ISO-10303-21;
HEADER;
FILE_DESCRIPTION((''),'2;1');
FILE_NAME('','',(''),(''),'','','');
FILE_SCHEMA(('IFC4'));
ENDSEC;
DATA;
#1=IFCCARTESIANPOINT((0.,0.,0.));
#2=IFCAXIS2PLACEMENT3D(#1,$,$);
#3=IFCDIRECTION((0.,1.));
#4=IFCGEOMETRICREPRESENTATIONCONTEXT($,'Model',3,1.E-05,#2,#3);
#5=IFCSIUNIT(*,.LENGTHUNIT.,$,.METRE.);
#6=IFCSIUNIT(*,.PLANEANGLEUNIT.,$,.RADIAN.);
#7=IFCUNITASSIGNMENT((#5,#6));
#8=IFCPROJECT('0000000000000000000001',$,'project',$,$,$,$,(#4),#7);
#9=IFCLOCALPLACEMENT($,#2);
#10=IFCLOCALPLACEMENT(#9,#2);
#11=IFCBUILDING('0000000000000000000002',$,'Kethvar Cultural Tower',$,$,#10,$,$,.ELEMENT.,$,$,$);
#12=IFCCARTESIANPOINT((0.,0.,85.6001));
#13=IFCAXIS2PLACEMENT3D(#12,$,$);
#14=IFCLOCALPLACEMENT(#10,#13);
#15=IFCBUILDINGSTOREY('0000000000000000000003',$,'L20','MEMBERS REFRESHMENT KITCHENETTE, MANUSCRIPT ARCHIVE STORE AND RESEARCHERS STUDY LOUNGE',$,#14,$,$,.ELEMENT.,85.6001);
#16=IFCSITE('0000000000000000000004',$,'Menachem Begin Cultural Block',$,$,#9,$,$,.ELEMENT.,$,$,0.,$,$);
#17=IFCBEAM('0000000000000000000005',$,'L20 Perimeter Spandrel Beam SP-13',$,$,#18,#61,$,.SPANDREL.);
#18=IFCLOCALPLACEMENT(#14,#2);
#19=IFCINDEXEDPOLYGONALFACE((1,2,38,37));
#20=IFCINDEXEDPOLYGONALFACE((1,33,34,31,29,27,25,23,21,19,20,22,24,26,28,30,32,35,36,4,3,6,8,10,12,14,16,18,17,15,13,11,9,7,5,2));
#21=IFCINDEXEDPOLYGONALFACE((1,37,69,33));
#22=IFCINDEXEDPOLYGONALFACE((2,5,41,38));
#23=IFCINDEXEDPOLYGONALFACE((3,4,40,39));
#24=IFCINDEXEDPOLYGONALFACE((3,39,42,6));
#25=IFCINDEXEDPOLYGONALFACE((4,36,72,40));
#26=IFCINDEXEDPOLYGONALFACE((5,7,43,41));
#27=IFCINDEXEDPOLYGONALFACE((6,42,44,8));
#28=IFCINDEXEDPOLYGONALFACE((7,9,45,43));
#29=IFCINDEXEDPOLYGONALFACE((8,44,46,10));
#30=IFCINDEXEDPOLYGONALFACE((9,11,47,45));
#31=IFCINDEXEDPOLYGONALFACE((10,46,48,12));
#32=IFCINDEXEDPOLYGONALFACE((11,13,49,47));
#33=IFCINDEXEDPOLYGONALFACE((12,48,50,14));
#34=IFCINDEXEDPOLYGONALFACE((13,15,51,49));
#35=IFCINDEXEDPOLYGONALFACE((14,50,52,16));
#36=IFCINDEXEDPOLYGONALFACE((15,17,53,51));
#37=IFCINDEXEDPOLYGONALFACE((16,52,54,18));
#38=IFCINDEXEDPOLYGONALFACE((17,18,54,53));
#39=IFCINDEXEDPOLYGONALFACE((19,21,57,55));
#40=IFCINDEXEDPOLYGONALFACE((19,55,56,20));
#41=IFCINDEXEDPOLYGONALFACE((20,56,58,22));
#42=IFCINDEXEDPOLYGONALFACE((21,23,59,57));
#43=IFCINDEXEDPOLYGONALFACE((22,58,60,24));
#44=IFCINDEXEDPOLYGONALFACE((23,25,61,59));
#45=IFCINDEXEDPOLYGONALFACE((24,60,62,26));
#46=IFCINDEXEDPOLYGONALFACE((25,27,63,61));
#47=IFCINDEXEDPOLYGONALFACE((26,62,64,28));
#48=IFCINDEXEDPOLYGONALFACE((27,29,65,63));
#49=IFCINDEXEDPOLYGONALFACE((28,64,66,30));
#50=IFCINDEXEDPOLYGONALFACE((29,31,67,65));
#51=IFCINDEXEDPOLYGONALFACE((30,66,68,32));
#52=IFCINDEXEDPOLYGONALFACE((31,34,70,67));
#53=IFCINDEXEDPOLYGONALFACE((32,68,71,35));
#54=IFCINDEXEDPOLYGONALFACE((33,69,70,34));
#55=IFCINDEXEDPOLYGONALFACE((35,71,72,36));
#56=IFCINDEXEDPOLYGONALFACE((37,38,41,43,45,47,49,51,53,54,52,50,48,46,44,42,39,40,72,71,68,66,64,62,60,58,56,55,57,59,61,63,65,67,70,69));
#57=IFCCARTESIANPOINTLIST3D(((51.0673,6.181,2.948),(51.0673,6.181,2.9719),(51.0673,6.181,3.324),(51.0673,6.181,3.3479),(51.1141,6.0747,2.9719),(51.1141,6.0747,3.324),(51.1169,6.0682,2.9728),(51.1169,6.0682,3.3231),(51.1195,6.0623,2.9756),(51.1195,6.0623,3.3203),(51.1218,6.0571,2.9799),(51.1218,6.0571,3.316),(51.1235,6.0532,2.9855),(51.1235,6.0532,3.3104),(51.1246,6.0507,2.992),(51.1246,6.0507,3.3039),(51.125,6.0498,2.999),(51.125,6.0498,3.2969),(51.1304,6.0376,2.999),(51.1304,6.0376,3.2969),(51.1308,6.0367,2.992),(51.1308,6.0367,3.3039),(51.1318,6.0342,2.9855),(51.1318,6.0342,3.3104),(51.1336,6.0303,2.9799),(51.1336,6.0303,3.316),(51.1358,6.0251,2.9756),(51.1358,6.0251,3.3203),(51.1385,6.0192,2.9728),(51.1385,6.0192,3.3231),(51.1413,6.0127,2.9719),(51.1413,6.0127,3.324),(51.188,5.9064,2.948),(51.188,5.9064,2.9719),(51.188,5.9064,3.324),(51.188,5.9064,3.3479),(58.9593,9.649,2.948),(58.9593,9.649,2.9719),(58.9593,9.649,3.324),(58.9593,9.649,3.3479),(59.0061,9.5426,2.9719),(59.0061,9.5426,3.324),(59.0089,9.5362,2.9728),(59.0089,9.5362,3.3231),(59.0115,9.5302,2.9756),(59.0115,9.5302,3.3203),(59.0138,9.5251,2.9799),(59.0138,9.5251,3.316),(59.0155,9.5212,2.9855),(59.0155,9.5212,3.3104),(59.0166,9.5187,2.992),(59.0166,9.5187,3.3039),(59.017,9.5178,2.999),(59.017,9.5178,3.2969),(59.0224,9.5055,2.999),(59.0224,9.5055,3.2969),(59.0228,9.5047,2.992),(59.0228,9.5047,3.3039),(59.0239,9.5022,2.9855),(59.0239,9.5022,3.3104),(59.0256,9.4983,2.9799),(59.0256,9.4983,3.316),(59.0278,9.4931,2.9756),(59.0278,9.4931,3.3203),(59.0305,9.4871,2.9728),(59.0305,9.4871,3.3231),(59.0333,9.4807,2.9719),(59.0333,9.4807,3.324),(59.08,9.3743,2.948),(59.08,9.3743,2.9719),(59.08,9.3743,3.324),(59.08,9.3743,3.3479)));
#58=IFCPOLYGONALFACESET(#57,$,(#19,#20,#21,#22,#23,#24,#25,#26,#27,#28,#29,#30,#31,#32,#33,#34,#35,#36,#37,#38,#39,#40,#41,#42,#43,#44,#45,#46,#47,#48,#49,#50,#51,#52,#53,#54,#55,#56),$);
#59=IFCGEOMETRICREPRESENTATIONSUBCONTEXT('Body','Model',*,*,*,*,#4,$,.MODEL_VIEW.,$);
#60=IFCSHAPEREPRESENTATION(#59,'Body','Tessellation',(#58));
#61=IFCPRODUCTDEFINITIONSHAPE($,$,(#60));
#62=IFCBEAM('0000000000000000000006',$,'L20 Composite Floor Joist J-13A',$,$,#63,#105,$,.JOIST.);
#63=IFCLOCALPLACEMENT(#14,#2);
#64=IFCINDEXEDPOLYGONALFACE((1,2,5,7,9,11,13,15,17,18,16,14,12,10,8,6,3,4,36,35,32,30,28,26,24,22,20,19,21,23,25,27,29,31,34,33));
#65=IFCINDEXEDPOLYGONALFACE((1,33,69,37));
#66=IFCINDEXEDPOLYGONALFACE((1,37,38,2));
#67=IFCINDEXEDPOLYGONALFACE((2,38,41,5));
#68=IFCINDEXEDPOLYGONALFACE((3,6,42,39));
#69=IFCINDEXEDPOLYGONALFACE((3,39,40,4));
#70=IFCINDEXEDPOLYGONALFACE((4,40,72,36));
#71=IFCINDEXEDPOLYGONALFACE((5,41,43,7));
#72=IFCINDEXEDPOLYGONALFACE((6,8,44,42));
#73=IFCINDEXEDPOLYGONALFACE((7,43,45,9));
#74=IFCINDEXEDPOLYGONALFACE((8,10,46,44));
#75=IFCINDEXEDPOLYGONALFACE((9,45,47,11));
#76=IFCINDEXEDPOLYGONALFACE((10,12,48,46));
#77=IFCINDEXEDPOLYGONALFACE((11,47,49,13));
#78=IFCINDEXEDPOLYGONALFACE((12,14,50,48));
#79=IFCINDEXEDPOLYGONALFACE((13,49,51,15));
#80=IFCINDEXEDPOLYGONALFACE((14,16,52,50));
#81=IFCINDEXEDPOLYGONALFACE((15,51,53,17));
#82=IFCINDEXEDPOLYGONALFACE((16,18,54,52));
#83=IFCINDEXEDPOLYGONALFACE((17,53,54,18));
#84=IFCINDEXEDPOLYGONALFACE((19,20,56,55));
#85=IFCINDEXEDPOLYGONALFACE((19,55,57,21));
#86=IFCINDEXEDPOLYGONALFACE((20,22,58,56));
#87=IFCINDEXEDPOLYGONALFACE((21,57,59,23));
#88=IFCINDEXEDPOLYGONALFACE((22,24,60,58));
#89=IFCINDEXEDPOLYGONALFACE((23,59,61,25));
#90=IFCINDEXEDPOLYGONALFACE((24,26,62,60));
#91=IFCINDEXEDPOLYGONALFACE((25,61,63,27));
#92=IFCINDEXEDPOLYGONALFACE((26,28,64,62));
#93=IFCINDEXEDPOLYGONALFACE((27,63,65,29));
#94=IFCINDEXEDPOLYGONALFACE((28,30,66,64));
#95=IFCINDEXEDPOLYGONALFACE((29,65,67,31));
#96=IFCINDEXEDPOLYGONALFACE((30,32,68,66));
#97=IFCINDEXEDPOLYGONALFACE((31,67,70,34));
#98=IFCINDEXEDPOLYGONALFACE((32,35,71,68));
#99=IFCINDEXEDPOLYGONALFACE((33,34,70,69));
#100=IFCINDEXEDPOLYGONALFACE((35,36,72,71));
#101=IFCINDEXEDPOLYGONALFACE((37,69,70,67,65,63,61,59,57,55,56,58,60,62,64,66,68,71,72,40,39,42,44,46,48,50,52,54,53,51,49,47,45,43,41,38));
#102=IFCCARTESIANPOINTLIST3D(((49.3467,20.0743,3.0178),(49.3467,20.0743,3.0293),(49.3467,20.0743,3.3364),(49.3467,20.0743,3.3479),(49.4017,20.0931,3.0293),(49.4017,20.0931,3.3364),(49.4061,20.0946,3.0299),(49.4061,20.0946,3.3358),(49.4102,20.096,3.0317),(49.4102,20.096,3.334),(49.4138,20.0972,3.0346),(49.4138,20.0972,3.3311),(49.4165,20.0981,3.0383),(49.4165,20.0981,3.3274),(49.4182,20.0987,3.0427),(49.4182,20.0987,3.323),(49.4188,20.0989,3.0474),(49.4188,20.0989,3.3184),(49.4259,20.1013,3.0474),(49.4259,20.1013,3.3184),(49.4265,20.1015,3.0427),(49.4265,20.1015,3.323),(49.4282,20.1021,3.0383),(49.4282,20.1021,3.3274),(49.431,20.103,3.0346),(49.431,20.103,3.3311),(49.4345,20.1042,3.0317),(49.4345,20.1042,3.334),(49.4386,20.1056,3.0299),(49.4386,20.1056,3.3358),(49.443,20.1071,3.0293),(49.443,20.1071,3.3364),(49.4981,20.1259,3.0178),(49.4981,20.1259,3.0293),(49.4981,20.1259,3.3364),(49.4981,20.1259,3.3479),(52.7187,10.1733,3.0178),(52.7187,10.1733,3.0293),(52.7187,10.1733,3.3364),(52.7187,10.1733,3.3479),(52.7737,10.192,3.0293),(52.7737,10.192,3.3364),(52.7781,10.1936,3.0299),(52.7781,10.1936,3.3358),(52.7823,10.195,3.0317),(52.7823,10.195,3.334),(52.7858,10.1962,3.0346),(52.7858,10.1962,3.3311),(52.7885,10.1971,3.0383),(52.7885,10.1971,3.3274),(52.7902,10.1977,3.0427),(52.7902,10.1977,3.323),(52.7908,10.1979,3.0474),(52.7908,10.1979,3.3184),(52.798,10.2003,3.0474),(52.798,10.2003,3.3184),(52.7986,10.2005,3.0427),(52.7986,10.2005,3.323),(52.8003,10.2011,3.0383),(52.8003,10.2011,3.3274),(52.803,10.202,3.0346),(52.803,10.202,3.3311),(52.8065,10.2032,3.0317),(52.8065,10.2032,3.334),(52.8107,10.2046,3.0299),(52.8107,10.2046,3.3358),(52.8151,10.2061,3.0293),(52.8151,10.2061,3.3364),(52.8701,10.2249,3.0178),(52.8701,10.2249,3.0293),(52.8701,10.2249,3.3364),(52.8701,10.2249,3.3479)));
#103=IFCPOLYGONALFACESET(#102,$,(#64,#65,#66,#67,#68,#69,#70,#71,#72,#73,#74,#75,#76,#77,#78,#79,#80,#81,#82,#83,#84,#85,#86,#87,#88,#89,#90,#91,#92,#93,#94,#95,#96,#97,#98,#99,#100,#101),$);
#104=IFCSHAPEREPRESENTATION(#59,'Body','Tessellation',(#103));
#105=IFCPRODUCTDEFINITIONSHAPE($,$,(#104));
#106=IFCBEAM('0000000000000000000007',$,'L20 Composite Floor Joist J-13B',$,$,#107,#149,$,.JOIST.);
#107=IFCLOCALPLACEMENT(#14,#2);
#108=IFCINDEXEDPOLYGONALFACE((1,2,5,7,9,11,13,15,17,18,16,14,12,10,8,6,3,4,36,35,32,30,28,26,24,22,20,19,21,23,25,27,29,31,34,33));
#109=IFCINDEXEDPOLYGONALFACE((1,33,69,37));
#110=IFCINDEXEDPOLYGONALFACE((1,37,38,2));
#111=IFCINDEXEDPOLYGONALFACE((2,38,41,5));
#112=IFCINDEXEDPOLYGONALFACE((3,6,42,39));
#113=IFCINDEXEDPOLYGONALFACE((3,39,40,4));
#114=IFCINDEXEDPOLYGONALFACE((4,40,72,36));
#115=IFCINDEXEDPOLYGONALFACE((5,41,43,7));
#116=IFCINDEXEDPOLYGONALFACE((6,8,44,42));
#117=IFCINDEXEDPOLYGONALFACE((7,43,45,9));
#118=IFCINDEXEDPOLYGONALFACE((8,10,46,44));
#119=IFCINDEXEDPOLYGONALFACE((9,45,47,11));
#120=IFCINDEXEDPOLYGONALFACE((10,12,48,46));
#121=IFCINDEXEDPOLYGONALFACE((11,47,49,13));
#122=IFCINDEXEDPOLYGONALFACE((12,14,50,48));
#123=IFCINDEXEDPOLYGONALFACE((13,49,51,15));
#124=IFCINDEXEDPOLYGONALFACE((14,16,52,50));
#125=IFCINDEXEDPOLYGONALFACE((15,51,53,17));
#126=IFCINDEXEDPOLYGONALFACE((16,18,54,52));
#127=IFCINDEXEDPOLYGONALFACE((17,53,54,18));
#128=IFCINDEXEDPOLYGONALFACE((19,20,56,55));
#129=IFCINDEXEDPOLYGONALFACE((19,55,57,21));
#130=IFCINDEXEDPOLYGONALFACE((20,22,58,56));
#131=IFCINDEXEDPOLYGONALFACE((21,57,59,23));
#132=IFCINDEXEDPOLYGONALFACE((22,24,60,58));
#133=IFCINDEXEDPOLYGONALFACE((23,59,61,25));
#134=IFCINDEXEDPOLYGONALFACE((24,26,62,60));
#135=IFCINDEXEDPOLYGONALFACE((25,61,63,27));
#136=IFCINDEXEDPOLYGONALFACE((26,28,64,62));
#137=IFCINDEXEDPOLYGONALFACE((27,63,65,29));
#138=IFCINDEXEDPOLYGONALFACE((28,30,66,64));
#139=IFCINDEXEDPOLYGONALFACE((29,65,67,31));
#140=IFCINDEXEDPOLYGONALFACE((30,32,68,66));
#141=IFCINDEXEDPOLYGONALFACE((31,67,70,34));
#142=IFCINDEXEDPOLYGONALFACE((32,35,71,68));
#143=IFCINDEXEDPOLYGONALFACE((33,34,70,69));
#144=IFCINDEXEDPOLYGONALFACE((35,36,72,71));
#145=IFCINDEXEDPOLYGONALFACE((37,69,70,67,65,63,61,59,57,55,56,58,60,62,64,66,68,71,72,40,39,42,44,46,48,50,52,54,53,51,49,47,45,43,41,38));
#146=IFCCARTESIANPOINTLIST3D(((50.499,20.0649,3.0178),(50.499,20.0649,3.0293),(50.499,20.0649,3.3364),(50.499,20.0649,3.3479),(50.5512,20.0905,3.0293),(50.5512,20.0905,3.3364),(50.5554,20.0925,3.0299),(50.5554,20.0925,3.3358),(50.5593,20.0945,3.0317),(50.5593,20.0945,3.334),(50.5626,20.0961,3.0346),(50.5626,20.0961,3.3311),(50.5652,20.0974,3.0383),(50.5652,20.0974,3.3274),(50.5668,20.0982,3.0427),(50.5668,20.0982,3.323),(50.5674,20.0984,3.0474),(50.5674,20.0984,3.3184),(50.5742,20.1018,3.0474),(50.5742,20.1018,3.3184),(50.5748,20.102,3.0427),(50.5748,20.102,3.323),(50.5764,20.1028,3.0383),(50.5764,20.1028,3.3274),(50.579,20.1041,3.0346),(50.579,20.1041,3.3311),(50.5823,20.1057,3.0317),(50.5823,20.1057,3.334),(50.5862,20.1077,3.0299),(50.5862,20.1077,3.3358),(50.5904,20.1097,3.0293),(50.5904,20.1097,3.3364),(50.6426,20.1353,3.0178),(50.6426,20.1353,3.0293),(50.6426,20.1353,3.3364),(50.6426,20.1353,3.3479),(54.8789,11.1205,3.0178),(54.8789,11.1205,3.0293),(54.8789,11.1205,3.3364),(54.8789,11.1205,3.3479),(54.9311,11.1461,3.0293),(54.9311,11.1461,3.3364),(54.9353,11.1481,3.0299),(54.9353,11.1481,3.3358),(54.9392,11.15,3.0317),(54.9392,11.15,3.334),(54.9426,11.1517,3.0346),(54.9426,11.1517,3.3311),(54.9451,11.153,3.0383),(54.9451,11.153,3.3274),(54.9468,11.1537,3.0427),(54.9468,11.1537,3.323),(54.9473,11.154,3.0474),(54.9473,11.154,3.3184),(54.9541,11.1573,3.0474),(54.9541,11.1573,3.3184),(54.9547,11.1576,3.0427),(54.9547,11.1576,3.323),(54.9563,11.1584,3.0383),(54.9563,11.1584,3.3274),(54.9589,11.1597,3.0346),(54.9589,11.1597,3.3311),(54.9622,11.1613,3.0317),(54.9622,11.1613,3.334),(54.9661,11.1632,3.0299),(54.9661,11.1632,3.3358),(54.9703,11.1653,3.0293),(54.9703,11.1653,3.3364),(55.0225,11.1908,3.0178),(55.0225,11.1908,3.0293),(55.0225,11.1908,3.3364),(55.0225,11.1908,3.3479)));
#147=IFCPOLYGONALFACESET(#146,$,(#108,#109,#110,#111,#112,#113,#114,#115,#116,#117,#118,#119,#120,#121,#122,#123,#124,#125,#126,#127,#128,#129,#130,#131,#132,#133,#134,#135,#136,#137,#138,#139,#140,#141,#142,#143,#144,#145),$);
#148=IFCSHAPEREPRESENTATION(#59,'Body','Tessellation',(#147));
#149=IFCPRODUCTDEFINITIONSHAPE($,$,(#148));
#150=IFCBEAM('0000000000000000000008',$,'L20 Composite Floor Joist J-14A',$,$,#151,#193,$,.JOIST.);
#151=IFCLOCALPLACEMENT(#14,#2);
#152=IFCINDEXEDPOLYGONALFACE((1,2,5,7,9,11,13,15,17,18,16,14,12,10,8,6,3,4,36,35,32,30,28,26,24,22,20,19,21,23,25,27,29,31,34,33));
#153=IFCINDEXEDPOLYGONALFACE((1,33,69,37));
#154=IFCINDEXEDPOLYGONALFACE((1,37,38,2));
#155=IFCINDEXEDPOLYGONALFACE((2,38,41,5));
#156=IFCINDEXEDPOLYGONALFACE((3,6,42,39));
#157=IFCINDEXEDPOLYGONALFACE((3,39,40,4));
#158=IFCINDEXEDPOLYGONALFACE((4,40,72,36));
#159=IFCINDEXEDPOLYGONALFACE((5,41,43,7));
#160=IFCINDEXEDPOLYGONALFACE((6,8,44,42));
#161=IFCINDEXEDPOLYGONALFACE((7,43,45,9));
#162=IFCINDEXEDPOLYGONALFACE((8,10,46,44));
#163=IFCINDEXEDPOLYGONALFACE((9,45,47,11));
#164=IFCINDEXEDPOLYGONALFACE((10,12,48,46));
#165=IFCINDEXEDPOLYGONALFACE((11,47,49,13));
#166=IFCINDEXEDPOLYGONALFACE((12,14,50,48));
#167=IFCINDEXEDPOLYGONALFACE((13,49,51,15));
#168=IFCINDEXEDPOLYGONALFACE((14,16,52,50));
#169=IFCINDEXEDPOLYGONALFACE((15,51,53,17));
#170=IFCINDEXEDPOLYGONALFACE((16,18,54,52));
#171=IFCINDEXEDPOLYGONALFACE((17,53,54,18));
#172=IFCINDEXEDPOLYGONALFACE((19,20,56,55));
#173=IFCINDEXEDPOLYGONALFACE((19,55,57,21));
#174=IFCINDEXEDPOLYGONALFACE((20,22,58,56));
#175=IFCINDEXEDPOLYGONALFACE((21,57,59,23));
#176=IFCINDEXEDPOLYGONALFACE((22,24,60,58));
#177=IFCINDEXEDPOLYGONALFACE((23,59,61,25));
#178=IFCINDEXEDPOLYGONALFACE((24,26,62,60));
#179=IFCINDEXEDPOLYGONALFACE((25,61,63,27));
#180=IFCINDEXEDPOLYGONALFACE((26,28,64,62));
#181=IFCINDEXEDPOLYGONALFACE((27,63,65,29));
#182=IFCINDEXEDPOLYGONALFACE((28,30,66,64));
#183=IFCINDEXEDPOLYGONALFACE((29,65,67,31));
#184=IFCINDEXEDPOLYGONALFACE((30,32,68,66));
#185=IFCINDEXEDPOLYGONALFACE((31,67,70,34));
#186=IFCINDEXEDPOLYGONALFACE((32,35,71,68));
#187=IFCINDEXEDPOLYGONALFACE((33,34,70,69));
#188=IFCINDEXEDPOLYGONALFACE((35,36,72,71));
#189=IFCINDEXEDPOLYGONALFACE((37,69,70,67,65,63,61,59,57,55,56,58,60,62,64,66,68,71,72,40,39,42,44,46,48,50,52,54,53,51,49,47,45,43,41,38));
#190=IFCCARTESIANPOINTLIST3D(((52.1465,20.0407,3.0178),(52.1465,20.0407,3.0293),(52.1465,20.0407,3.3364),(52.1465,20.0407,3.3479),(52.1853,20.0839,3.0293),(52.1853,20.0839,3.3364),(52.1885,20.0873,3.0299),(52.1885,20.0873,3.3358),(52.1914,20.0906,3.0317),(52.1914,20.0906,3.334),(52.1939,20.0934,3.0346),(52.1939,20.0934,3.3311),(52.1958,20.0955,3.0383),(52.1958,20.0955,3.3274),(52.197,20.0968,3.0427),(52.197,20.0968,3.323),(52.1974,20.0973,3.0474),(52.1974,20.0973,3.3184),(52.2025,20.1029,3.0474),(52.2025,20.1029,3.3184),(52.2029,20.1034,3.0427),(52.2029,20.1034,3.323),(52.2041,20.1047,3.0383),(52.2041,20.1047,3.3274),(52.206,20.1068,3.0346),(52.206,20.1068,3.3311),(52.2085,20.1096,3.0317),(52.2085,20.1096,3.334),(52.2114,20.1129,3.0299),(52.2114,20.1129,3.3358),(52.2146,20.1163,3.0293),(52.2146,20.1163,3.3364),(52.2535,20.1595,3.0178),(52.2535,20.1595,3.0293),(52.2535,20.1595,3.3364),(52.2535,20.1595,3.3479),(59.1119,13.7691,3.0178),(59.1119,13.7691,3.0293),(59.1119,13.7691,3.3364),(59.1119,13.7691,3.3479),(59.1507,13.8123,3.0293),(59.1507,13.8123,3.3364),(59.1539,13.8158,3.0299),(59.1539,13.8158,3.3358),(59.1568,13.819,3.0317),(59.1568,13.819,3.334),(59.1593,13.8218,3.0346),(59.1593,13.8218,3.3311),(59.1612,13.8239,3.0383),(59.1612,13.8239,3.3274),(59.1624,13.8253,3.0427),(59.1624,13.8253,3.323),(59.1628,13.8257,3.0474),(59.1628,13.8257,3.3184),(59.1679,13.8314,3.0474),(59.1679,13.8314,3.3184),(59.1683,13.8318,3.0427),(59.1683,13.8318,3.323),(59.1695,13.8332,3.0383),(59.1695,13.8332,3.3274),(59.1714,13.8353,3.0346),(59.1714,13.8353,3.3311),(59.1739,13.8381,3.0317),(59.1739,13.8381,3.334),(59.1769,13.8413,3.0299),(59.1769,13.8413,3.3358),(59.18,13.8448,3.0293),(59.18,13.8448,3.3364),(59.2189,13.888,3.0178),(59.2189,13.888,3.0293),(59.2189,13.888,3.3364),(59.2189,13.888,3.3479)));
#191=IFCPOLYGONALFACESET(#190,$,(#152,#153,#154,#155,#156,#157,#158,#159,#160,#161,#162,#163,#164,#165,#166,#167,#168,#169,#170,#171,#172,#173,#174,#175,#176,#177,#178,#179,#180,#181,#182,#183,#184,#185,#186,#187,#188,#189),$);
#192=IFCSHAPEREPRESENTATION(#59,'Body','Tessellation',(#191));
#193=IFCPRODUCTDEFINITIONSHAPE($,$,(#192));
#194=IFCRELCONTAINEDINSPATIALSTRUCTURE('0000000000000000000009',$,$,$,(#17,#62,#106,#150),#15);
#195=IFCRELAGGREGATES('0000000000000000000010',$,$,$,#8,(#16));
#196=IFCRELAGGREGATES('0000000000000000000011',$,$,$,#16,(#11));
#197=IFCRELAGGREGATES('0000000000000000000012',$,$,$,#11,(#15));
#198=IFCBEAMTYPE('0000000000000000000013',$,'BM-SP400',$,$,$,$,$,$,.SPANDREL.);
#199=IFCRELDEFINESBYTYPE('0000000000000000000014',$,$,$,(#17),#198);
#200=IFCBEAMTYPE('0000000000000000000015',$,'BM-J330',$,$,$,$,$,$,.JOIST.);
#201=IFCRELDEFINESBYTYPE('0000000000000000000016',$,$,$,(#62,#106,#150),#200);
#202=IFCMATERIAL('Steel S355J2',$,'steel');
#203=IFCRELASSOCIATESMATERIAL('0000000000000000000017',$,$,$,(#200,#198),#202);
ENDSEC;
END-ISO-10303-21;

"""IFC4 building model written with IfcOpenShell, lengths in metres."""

from ifc_helpers import new_model, si_unit, direction, frame, origin, origin_2d, place, context, subcontext, project, spatial, i_section, extrude, source, transform, mapped, material, material_profile, profile_set, type_object, element, save


model = new_model("IFC4")

# Units and contexts
model_context = context("Model", 3, precision=1e-05, world=origin(), true_north=direction((0.0, 1.0)))
body_context = subcontext(model_context, "Body", "Model", "MODEL_VIEW")
ifc_project = project(units=[si_unit("LENGTHUNIT", "METRE"), si_unit("PLANEANGLEUNIT", "RADIAN")], contexts=[model_context])

# Site, building, storey
site_placement = place(None, origin())
site = spatial("IfcSite", under=ifc_project, at=site_placement, Name="Menachem Begin Cultural Block", CompositionType="ELEMENT", RefElevation=0.0)
building_placement = place(site_placement, origin())
building = spatial("IfcBuilding", under=site, at=building_placement, Name="Kethvar Cultural Tower", CompositionType="ELEMENT")
storey_placement = place(building_placement, frame((0.0, 0.0, 85.6001)))
storey = spatial("IfcBuildingStorey", under=building, at=storey_placement, Name="L20", Description="MEMBERS REFRESHMENT KITCHENETTE, MANUSCRIPT ARCHIVE STORE AND RESEARCHERS STUDY LOUNGE", CompositionType="ELEMENT", Elevation=85.6001)

# Beams
ifc_material_1 = material(Name="Steel S355J2", Category="steel")
ifc_material_profile_1 = material_profile(ifc_material_1, i_section(OverallWidth=0.1599, OverallDepth=0.3301, WebThickness=0.0076, FlangeThickness=0.0115, FilletRadius=0.0181, at=origin_2d()), Name="Steel S355J2 — IPE330")
ifc_profile_set_1 = profile_set([ifc_material_profile_1], Name="Steel S355J2 — IPE330")
beam_type_1 = type_object("IfcBeamType", Name="BM-J330", PredefinedType="JOIST", material=ifc_profile_set_1)
ifc_material_profile_2 = material_profile(ifc_material_1, i_section(OverallWidth=0.3, OverallDepth=0.3999, WebThickness=0.0134, FlangeThickness=0.0239, FilletRadius=0.0271, at=origin_2d()), Name="Steel S355J2 — HEB400")
ifc_profile_set_2 = profile_set([ifc_material_profile_2], Name="Steel S355J2 — HEB400")
beam_type_2 = type_object("IfcBeamType", Name="BM-SP400", PredefinedType="SPANDREL", material=ifc_profile_set_2)
shared_shape_1 = source(origin(), body_context, "Body", "SweptSolid", [
    extrude(i_section(OverallWidth=0.3, OverallDepth=0.3999, WebThickness=0.0134, FlangeThickness=0.0239, FilletRadius=0.0271, at=origin_2d()), origin(), (0.0, 0.0, 1.0), 8.6204),
])
beam_1_placement = place(storey_placement, frame((51.1277, 6.0437, 3.1479), z_axis=(0.915507, 0.402301, 0.0), x_axis=(-0.402301, 0.915507, 0.0)))
element("IfcBeam", 1, at=beam_1_placement, inside=storey, type_object=beam_type_2, Name="L20 Perimeter Spandrel Beam SP-13", PredefinedType="SPANDREL", context=body_context, shape_type="MappedRepresentation", body=[
    mapped(shared_shape_1, transform((0.0, 0.0, 0.0), scale=1.0)),
])
shared_shape_2 = source(origin(), body_context, "Body", "SweptSolid", [
    extrude(i_section(OverallWidth=0.1599, OverallDepth=0.3301, WebThickness=0.0076, FlangeThickness=0.0115, FilletRadius=0.0181, at=origin_2d()), origin(), (0.0, 0.0, 1.0), 10.4595),
])
beam_2_placement = place(storey_placement, frame((49.4224, 20.1001, 3.1829), z_axis=(0.32239, -0.946607, 0.0), x_axis=(0.946607, 0.32239, 0.0)))
element("IfcBeam", 2, at=beam_2_placement, inside=storey, type_object=beam_type_1, Name="L20 Composite Floor Joist J-13A", PredefinedType="JOIST", context=body_context, shape_type="MappedRepresentation", body=[
    mapped(shared_shape_2, transform((0.0, 0.0, 0.0), scale=1.0)),
])
shared_shape_3 = source(origin(), body_context, "Body", "SweptSolid", [
    extrude(i_section(OverallWidth=0.1599, OverallDepth=0.3301, WebThickness=0.0076, FlangeThickness=0.0115, FilletRadius=0.0181, at=origin_2d()), origin(), (0.0, 0.0, 1.0), 9.9592),
])
beam_3_placement = place(storey_placement, frame((50.5708, 20.1001, 3.1829), z_axis=(0.439785, -0.898103, 0.0), x_axis=(0.898103, 0.439785, 0.0)))
element("IfcBeam", 3, at=beam_3_placement, inside=storey, type_object=beam_type_1, Name="L20 Composite Floor Joist J-13B", PredefinedType="JOIST", context=body_context, shape_type="MappedRepresentation", body=[
    mapped(shared_shape_3, transform((0.0, 0.0, 0.0), scale=1.0)),
])
shared_shape_4 = source(origin(), body_context, "Body", "SweptSolid", [
    extrude(i_section(OverallWidth=0.1599, OverallDepth=0.3301, WebThickness=0.0076, FlangeThickness=0.0115, FilletRadius=0.0181, at=origin_2d()), origin(), (0.0, 0.0, 1.0), 9.3728),
])
beam_4_placement = place(storey_placement, frame((52.2, 20.1001, 3.1829), z_axis=(0.743152, -0.669123, 0.0), x_axis=(0.669123, 0.743152, 0.0)))
element("IfcBeam", 4, at=beam_4_placement, inside=storey, type_object=beam_type_1, Name="L20 Composite Floor Joist J-14A", PredefinedType="JOIST", context=body_context, shape_type="MappedRepresentation", body=[
    mapped(shared_shape_4, transform((0.0, 0.0, 0.0), scale=1.0)),
])

save(model, "model.ifc")
